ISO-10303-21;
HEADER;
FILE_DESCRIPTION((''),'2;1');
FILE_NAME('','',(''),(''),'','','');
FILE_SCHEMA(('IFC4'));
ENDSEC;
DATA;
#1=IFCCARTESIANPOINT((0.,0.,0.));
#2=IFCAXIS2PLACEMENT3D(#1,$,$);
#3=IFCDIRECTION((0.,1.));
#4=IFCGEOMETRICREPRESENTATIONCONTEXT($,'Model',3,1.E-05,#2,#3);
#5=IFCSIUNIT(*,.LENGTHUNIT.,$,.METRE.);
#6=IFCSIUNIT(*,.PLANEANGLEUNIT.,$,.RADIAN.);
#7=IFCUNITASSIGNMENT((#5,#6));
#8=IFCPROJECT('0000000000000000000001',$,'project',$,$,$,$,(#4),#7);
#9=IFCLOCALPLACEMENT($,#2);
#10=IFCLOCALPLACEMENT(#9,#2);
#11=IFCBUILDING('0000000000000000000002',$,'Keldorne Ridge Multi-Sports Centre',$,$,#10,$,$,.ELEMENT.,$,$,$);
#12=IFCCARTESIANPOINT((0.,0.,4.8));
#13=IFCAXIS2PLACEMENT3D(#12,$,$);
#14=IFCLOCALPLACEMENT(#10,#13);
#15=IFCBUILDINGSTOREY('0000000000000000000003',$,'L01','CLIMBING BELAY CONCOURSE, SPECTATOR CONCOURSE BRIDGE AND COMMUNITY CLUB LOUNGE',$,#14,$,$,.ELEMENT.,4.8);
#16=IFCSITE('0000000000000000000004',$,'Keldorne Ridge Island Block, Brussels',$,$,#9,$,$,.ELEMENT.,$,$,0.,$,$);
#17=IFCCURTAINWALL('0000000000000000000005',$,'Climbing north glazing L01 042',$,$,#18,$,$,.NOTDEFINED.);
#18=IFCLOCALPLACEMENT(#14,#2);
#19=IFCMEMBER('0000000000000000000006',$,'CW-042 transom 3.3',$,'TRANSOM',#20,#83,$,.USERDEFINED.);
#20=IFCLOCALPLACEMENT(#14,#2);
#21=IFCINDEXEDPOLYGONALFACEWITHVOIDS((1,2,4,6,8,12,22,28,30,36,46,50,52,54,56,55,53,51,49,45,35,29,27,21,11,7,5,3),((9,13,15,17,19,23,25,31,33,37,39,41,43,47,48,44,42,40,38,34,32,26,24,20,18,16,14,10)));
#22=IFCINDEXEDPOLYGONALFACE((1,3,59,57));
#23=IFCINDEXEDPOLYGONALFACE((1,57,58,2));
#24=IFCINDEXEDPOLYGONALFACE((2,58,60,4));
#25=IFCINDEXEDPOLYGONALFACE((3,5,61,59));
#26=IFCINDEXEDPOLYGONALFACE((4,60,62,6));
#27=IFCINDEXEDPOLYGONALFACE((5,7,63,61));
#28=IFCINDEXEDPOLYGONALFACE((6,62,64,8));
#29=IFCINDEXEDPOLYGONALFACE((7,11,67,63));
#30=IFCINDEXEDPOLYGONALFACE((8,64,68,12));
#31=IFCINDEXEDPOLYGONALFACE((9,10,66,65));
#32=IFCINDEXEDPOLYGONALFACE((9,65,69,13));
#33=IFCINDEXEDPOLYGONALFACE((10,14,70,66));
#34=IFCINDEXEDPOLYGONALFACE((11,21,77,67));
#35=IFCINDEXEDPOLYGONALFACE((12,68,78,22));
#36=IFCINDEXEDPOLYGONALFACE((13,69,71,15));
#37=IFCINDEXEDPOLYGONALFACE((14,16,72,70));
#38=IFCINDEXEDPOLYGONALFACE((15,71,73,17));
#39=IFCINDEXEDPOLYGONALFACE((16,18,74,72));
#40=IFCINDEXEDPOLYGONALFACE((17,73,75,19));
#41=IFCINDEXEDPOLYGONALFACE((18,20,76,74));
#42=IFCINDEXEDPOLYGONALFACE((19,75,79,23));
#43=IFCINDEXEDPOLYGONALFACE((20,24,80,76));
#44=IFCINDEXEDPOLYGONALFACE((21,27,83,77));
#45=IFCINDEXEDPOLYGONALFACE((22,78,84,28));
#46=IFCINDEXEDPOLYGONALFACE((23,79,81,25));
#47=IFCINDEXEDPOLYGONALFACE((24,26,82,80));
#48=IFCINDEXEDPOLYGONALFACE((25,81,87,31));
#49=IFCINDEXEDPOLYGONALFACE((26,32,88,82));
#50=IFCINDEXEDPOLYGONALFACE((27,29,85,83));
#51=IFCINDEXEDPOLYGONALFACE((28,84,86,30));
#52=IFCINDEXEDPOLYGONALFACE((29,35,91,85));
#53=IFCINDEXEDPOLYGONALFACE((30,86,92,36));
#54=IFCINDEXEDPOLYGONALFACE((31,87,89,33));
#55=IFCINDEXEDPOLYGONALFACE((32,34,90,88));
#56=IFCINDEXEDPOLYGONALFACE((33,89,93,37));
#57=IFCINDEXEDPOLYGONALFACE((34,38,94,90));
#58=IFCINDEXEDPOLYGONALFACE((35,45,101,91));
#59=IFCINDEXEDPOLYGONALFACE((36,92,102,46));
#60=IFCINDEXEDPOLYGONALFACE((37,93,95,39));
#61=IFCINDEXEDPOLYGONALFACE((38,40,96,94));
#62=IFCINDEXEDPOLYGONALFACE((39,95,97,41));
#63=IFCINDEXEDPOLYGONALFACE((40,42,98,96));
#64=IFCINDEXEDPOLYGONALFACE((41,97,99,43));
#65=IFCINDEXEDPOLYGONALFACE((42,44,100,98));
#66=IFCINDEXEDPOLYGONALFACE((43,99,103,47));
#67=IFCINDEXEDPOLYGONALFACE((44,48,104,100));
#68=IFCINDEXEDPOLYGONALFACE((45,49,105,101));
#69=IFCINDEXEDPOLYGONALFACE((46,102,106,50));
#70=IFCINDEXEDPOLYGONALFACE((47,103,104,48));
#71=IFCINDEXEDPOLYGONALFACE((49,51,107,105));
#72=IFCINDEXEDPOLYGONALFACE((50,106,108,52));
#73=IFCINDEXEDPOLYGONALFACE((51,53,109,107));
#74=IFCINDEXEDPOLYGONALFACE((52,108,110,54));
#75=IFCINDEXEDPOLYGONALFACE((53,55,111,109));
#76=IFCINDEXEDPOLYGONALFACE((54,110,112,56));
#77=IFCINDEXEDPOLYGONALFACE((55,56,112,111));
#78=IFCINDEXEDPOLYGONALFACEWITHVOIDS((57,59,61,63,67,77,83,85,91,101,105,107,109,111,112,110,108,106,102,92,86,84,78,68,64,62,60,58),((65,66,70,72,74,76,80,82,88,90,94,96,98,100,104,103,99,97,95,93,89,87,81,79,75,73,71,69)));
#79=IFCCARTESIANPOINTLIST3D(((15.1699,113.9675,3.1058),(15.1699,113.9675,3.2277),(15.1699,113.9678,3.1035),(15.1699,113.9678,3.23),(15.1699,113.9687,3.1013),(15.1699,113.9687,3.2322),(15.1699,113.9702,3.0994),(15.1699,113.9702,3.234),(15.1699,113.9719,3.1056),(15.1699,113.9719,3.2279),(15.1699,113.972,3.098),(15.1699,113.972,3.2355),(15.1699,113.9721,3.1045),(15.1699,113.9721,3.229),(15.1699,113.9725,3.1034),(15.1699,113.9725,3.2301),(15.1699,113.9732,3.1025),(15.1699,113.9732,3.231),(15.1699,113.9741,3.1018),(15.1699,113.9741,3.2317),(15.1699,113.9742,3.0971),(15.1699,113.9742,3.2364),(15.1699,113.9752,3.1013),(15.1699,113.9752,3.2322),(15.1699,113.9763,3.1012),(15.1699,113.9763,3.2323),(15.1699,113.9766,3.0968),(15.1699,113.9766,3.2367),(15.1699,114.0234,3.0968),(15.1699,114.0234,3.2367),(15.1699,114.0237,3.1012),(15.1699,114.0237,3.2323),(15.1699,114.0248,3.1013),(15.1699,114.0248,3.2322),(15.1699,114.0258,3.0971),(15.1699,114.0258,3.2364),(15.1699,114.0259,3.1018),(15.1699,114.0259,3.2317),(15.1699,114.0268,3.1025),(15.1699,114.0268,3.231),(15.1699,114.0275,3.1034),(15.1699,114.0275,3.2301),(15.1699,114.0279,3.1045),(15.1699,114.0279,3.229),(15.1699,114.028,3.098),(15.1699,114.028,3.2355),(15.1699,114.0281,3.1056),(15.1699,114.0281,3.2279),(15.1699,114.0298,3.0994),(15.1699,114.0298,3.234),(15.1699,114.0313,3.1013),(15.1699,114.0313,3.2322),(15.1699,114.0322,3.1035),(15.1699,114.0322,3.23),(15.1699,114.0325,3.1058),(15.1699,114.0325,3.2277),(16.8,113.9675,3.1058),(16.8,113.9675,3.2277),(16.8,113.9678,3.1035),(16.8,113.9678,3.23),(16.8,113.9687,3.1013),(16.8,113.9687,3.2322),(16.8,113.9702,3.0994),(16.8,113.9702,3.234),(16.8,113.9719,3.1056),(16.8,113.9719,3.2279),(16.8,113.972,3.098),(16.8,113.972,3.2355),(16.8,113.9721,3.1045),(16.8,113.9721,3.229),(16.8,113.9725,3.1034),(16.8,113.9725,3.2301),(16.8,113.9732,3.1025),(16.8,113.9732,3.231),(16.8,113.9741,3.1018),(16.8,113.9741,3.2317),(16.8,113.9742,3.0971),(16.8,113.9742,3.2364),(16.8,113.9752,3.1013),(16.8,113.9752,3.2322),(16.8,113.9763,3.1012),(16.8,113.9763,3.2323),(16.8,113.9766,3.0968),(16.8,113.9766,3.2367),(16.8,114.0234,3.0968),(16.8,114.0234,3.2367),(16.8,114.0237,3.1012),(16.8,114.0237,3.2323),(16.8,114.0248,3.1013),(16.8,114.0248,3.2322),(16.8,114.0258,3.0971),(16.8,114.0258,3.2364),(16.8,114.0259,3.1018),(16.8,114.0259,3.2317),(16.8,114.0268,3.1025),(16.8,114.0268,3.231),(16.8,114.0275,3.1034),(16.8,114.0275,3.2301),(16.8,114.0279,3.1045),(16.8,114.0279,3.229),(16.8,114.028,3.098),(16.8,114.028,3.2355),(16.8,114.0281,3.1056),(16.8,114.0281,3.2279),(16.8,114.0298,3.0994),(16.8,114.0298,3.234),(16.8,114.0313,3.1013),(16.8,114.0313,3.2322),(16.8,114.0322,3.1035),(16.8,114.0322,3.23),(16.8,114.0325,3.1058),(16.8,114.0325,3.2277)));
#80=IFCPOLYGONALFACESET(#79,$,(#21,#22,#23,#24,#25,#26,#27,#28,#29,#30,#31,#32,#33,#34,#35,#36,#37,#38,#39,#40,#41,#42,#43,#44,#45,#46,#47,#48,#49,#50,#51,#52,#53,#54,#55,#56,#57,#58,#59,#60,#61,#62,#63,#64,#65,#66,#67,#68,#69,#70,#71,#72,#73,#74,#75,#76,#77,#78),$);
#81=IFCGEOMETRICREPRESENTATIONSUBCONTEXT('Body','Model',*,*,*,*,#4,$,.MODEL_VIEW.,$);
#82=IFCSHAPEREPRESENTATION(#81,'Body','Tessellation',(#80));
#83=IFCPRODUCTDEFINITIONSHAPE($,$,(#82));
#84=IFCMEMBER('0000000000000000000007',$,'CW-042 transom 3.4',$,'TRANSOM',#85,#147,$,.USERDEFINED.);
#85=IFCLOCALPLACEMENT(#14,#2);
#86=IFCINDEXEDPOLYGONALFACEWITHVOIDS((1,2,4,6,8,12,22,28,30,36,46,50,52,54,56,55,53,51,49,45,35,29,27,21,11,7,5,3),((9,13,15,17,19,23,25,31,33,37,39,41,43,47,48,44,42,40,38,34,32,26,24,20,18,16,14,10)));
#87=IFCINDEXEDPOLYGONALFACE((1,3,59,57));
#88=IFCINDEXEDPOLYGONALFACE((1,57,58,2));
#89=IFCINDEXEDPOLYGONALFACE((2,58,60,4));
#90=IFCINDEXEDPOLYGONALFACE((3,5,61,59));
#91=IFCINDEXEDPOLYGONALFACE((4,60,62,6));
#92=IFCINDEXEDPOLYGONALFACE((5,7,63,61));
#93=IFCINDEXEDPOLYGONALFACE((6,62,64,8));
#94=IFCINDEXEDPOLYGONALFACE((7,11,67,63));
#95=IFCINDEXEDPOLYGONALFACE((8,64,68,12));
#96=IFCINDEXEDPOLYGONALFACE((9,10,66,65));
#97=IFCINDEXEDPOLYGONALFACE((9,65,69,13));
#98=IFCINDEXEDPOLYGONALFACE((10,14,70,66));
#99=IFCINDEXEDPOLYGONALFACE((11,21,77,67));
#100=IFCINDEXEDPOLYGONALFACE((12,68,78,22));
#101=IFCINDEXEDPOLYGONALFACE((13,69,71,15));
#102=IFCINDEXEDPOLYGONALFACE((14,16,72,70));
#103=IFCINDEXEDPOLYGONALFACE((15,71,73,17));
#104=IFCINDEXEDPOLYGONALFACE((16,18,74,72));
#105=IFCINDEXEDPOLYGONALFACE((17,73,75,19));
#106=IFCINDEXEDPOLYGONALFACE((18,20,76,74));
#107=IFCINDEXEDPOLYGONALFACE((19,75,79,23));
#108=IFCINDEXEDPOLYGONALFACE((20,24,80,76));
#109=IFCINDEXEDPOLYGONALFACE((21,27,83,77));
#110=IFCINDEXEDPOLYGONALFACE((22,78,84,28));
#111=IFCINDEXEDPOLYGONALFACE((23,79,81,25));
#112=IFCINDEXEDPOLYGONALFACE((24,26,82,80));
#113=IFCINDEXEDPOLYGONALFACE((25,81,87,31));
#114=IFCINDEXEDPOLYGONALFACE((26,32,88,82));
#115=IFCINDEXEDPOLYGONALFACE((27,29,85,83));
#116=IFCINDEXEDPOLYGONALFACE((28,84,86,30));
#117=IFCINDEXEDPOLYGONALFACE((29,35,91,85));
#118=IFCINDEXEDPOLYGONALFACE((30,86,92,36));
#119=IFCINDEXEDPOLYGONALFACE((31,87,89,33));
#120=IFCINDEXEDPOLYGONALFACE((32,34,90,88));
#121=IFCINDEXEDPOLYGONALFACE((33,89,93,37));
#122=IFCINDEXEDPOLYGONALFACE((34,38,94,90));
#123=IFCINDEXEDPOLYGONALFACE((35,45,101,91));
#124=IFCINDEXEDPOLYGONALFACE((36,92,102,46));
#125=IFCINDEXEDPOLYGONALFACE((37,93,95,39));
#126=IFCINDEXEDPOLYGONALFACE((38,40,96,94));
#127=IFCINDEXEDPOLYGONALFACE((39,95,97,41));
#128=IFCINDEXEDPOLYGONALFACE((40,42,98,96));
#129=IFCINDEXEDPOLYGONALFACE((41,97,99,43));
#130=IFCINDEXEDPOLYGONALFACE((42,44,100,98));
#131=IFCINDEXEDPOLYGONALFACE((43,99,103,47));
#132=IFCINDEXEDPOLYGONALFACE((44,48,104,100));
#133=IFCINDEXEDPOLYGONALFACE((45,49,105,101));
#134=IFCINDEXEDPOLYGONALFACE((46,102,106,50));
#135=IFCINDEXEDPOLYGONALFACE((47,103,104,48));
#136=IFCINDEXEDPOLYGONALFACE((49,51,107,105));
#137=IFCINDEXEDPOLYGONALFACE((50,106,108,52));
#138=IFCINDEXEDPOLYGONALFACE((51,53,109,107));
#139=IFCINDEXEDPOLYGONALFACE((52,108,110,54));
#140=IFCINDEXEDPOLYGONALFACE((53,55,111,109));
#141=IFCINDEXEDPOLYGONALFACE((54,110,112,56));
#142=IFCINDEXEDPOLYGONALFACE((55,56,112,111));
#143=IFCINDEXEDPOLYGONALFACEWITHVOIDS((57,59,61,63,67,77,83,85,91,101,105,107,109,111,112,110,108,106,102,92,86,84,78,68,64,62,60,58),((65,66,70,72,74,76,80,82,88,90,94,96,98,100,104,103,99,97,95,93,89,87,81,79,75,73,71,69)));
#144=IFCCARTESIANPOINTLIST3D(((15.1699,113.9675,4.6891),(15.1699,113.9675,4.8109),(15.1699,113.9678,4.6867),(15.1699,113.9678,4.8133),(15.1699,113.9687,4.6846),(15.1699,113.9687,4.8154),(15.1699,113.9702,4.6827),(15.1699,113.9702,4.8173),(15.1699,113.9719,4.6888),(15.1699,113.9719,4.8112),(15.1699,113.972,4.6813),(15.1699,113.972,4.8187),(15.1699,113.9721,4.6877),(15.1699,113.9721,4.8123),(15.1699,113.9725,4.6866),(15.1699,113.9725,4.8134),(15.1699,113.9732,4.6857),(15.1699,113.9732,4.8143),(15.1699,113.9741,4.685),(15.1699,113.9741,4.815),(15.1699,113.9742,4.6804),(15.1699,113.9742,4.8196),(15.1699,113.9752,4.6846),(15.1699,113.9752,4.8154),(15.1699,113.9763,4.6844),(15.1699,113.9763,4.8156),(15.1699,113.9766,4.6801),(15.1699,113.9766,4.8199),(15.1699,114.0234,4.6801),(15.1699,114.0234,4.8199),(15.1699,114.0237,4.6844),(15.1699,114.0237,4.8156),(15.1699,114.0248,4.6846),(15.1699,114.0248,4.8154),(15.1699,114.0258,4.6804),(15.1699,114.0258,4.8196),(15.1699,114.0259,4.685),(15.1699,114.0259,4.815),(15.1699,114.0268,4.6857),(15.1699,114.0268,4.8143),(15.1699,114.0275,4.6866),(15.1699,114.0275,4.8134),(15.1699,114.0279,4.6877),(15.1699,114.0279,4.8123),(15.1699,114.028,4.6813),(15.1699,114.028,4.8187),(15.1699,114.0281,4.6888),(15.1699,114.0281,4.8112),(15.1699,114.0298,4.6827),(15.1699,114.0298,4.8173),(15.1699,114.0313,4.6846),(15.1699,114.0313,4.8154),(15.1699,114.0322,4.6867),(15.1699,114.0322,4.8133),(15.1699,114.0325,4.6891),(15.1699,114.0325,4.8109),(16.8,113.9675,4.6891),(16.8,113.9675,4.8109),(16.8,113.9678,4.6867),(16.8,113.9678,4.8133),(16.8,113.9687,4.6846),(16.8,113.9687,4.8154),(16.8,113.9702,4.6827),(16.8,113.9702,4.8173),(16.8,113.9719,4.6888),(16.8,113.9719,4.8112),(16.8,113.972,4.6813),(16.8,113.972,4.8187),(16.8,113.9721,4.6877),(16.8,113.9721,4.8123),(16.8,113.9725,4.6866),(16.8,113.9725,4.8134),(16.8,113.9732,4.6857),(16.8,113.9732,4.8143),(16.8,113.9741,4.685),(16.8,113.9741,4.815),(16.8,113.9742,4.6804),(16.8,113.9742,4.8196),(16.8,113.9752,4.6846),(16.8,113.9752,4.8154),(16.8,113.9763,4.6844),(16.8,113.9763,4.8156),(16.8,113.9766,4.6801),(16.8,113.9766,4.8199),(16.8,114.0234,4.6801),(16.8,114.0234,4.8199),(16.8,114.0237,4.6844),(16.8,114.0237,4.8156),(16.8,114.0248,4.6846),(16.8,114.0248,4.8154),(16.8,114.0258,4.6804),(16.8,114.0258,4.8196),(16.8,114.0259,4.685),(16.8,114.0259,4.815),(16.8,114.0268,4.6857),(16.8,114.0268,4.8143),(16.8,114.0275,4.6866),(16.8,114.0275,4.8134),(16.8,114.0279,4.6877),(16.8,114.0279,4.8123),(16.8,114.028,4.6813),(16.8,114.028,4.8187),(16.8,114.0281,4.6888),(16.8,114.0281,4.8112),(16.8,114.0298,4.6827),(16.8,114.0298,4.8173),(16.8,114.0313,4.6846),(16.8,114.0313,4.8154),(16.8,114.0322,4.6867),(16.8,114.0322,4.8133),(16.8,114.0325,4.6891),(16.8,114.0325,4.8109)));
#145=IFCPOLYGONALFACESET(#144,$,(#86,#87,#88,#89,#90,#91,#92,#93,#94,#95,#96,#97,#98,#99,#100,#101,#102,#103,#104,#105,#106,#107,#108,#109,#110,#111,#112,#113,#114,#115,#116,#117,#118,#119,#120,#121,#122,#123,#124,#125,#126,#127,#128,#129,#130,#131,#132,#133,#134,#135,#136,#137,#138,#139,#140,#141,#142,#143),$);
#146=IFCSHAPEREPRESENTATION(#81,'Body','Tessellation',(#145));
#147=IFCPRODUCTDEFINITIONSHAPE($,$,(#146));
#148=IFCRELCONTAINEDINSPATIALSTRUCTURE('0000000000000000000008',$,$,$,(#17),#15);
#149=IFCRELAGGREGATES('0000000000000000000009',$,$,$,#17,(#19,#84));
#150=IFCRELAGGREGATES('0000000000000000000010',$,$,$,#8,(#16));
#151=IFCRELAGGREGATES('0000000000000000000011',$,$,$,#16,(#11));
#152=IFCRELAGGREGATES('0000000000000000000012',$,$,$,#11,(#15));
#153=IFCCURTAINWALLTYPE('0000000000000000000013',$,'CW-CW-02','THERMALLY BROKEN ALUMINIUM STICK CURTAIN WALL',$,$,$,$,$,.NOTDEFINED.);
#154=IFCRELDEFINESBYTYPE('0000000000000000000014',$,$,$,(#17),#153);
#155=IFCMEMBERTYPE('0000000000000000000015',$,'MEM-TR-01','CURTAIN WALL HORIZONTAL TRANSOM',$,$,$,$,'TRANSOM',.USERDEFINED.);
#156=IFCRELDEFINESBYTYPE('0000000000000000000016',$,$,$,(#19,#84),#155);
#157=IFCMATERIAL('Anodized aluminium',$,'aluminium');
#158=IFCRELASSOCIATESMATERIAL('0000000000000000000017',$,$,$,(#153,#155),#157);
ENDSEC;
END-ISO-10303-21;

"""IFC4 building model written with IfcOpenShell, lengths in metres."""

from ifc_helpers import new_model, si_unit, direction, frame, origin, origin_2d, place, context, subcontext, project, spatial, hollow_rectangle, extrude, material, material_profile, profile_set, type_object, element, aggregate, save


model = new_model("IFC4")

# Units and contexts
model_context = context("Model", 3, precision=1e-05, world=origin(), true_north=direction((0.0, 1.0)))
body_context = subcontext(model_context, "Body", "Model", "MODEL_VIEW")
ifc_project = project(units=[si_unit("LENGTHUNIT", "METRE"), si_unit("PLANEANGLEUNIT", "RADIAN")], contexts=[model_context])

# Site, building, storey
site_placement = place(None, origin())
site = spatial("IfcSite", under=ifc_project, at=site_placement, Name="Keldorne Ridge Island Block, Brussels", CompositionType="ELEMENT", RefElevation=0.0)
building_placement = place(site_placement, origin())
building = spatial("IfcBuilding", under=site, at=building_placement, Name="Keldorne Ridge Multi-Sports Centre", CompositionType="ELEMENT")
storey_placement = place(building_placement, frame((0.0, 0.0, 4.8)))
storey = spatial("IfcBuildingStorey", under=building, at=storey_placement, Name="L01", Description="CLIMBING BELAY CONCOURSE, SPECTATOR CONCOURSE BRIDGE AND COMMUNITY CLUB LOUNGE", CompositionType="ELEMENT", Elevation=4.8)

# Curtain wall
ifc_material_1 = material(Name="Anodized aluminium", Category="aluminium")
curtain_wall_type_1 = type_object("IfcCurtainWallType", Name="CW-CW-02", Description="THERMALLY BROKEN ALUMINIUM STICK CURTAIN WALL", PredefinedType="NOTDEFINED", material=ifc_material_1)
curtain_wall_1_placement = place(storey_placement, origin())
curtain_wall_1 = element("IfcCurtainWall", 1, at=curtain_wall_1_placement, inside=storey, type_object=curtain_wall_type_1, Name="Climbing north glazing L01 042", PredefinedType="NOTDEFINED")

# Members
ifc_material_profile_1 = material_profile(ifc_material_1, hollow_rectangle(XDim=0.0649, YDim=0.1399, WallThickness=0.0044, InnerFilletRadius=0.0044, OuterFilletRadius=0.009, at=origin_2d()), Name="ALU TRANSOM 140x65x4.5")
ifc_profile_set_1 = profile_set([ifc_material_profile_1], Name="Anodized aluminium")
member_type_1 = type_object("IfcMemberType", Name="MEM-TR-01", Description="CURTAIN WALL HORIZONTAL TRANSOM", ElementType="TRANSOM", PredefinedType="USERDEFINED", material=ifc_profile_set_1)
member_1_placement = place(storey_placement, frame((16.8, 114.0, 3.1667), z_axis=(-1.0, 0.0, 0.0), x_axis=(0.0, -1.0, 0.0)))
member_1 = element("IfcMember", 2, at=member_1_placement, type_object=member_type_1, Name="CW-042 transom 3.3", ObjectType="TRANSOM", PredefinedType="USERDEFINED", context=body_context, shape_type="SweptSolid", body=[
    extrude(hollow_rectangle(XDim=0.0649, YDim=0.1399, WallThickness=0.0044, InnerFilletRadius=0.0044, OuterFilletRadius=0.009, at=origin_2d()), origin(), (0.0, 0.0, 1.0), 1.6301),
])
member_2_placement = place(storey_placement, frame((16.8, 114.0, 4.75), z_axis=(-1.0, 0.0, 0.0), x_axis=(0.0, -1.0, 0.0)))
member_2 = element("IfcMember", 3, at=member_2_placement, type_object=member_type_1, Name="CW-042 transom 3.4", ObjectType="TRANSOM", PredefinedType="USERDEFINED", context=body_context, shape_type="SweptSolid", body=[
    extrude(hollow_rectangle(XDim=0.0649, YDim=0.1399, WallThickness=0.0044, InnerFilletRadius=0.0044, OuterFilletRadius=0.009, at=origin_2d()), origin(), (0.0, 0.0, 1.0), 1.6301),
])

aggregate(curtain_wall_1, [member_1, member_2])

save(model, "model.ifc")
